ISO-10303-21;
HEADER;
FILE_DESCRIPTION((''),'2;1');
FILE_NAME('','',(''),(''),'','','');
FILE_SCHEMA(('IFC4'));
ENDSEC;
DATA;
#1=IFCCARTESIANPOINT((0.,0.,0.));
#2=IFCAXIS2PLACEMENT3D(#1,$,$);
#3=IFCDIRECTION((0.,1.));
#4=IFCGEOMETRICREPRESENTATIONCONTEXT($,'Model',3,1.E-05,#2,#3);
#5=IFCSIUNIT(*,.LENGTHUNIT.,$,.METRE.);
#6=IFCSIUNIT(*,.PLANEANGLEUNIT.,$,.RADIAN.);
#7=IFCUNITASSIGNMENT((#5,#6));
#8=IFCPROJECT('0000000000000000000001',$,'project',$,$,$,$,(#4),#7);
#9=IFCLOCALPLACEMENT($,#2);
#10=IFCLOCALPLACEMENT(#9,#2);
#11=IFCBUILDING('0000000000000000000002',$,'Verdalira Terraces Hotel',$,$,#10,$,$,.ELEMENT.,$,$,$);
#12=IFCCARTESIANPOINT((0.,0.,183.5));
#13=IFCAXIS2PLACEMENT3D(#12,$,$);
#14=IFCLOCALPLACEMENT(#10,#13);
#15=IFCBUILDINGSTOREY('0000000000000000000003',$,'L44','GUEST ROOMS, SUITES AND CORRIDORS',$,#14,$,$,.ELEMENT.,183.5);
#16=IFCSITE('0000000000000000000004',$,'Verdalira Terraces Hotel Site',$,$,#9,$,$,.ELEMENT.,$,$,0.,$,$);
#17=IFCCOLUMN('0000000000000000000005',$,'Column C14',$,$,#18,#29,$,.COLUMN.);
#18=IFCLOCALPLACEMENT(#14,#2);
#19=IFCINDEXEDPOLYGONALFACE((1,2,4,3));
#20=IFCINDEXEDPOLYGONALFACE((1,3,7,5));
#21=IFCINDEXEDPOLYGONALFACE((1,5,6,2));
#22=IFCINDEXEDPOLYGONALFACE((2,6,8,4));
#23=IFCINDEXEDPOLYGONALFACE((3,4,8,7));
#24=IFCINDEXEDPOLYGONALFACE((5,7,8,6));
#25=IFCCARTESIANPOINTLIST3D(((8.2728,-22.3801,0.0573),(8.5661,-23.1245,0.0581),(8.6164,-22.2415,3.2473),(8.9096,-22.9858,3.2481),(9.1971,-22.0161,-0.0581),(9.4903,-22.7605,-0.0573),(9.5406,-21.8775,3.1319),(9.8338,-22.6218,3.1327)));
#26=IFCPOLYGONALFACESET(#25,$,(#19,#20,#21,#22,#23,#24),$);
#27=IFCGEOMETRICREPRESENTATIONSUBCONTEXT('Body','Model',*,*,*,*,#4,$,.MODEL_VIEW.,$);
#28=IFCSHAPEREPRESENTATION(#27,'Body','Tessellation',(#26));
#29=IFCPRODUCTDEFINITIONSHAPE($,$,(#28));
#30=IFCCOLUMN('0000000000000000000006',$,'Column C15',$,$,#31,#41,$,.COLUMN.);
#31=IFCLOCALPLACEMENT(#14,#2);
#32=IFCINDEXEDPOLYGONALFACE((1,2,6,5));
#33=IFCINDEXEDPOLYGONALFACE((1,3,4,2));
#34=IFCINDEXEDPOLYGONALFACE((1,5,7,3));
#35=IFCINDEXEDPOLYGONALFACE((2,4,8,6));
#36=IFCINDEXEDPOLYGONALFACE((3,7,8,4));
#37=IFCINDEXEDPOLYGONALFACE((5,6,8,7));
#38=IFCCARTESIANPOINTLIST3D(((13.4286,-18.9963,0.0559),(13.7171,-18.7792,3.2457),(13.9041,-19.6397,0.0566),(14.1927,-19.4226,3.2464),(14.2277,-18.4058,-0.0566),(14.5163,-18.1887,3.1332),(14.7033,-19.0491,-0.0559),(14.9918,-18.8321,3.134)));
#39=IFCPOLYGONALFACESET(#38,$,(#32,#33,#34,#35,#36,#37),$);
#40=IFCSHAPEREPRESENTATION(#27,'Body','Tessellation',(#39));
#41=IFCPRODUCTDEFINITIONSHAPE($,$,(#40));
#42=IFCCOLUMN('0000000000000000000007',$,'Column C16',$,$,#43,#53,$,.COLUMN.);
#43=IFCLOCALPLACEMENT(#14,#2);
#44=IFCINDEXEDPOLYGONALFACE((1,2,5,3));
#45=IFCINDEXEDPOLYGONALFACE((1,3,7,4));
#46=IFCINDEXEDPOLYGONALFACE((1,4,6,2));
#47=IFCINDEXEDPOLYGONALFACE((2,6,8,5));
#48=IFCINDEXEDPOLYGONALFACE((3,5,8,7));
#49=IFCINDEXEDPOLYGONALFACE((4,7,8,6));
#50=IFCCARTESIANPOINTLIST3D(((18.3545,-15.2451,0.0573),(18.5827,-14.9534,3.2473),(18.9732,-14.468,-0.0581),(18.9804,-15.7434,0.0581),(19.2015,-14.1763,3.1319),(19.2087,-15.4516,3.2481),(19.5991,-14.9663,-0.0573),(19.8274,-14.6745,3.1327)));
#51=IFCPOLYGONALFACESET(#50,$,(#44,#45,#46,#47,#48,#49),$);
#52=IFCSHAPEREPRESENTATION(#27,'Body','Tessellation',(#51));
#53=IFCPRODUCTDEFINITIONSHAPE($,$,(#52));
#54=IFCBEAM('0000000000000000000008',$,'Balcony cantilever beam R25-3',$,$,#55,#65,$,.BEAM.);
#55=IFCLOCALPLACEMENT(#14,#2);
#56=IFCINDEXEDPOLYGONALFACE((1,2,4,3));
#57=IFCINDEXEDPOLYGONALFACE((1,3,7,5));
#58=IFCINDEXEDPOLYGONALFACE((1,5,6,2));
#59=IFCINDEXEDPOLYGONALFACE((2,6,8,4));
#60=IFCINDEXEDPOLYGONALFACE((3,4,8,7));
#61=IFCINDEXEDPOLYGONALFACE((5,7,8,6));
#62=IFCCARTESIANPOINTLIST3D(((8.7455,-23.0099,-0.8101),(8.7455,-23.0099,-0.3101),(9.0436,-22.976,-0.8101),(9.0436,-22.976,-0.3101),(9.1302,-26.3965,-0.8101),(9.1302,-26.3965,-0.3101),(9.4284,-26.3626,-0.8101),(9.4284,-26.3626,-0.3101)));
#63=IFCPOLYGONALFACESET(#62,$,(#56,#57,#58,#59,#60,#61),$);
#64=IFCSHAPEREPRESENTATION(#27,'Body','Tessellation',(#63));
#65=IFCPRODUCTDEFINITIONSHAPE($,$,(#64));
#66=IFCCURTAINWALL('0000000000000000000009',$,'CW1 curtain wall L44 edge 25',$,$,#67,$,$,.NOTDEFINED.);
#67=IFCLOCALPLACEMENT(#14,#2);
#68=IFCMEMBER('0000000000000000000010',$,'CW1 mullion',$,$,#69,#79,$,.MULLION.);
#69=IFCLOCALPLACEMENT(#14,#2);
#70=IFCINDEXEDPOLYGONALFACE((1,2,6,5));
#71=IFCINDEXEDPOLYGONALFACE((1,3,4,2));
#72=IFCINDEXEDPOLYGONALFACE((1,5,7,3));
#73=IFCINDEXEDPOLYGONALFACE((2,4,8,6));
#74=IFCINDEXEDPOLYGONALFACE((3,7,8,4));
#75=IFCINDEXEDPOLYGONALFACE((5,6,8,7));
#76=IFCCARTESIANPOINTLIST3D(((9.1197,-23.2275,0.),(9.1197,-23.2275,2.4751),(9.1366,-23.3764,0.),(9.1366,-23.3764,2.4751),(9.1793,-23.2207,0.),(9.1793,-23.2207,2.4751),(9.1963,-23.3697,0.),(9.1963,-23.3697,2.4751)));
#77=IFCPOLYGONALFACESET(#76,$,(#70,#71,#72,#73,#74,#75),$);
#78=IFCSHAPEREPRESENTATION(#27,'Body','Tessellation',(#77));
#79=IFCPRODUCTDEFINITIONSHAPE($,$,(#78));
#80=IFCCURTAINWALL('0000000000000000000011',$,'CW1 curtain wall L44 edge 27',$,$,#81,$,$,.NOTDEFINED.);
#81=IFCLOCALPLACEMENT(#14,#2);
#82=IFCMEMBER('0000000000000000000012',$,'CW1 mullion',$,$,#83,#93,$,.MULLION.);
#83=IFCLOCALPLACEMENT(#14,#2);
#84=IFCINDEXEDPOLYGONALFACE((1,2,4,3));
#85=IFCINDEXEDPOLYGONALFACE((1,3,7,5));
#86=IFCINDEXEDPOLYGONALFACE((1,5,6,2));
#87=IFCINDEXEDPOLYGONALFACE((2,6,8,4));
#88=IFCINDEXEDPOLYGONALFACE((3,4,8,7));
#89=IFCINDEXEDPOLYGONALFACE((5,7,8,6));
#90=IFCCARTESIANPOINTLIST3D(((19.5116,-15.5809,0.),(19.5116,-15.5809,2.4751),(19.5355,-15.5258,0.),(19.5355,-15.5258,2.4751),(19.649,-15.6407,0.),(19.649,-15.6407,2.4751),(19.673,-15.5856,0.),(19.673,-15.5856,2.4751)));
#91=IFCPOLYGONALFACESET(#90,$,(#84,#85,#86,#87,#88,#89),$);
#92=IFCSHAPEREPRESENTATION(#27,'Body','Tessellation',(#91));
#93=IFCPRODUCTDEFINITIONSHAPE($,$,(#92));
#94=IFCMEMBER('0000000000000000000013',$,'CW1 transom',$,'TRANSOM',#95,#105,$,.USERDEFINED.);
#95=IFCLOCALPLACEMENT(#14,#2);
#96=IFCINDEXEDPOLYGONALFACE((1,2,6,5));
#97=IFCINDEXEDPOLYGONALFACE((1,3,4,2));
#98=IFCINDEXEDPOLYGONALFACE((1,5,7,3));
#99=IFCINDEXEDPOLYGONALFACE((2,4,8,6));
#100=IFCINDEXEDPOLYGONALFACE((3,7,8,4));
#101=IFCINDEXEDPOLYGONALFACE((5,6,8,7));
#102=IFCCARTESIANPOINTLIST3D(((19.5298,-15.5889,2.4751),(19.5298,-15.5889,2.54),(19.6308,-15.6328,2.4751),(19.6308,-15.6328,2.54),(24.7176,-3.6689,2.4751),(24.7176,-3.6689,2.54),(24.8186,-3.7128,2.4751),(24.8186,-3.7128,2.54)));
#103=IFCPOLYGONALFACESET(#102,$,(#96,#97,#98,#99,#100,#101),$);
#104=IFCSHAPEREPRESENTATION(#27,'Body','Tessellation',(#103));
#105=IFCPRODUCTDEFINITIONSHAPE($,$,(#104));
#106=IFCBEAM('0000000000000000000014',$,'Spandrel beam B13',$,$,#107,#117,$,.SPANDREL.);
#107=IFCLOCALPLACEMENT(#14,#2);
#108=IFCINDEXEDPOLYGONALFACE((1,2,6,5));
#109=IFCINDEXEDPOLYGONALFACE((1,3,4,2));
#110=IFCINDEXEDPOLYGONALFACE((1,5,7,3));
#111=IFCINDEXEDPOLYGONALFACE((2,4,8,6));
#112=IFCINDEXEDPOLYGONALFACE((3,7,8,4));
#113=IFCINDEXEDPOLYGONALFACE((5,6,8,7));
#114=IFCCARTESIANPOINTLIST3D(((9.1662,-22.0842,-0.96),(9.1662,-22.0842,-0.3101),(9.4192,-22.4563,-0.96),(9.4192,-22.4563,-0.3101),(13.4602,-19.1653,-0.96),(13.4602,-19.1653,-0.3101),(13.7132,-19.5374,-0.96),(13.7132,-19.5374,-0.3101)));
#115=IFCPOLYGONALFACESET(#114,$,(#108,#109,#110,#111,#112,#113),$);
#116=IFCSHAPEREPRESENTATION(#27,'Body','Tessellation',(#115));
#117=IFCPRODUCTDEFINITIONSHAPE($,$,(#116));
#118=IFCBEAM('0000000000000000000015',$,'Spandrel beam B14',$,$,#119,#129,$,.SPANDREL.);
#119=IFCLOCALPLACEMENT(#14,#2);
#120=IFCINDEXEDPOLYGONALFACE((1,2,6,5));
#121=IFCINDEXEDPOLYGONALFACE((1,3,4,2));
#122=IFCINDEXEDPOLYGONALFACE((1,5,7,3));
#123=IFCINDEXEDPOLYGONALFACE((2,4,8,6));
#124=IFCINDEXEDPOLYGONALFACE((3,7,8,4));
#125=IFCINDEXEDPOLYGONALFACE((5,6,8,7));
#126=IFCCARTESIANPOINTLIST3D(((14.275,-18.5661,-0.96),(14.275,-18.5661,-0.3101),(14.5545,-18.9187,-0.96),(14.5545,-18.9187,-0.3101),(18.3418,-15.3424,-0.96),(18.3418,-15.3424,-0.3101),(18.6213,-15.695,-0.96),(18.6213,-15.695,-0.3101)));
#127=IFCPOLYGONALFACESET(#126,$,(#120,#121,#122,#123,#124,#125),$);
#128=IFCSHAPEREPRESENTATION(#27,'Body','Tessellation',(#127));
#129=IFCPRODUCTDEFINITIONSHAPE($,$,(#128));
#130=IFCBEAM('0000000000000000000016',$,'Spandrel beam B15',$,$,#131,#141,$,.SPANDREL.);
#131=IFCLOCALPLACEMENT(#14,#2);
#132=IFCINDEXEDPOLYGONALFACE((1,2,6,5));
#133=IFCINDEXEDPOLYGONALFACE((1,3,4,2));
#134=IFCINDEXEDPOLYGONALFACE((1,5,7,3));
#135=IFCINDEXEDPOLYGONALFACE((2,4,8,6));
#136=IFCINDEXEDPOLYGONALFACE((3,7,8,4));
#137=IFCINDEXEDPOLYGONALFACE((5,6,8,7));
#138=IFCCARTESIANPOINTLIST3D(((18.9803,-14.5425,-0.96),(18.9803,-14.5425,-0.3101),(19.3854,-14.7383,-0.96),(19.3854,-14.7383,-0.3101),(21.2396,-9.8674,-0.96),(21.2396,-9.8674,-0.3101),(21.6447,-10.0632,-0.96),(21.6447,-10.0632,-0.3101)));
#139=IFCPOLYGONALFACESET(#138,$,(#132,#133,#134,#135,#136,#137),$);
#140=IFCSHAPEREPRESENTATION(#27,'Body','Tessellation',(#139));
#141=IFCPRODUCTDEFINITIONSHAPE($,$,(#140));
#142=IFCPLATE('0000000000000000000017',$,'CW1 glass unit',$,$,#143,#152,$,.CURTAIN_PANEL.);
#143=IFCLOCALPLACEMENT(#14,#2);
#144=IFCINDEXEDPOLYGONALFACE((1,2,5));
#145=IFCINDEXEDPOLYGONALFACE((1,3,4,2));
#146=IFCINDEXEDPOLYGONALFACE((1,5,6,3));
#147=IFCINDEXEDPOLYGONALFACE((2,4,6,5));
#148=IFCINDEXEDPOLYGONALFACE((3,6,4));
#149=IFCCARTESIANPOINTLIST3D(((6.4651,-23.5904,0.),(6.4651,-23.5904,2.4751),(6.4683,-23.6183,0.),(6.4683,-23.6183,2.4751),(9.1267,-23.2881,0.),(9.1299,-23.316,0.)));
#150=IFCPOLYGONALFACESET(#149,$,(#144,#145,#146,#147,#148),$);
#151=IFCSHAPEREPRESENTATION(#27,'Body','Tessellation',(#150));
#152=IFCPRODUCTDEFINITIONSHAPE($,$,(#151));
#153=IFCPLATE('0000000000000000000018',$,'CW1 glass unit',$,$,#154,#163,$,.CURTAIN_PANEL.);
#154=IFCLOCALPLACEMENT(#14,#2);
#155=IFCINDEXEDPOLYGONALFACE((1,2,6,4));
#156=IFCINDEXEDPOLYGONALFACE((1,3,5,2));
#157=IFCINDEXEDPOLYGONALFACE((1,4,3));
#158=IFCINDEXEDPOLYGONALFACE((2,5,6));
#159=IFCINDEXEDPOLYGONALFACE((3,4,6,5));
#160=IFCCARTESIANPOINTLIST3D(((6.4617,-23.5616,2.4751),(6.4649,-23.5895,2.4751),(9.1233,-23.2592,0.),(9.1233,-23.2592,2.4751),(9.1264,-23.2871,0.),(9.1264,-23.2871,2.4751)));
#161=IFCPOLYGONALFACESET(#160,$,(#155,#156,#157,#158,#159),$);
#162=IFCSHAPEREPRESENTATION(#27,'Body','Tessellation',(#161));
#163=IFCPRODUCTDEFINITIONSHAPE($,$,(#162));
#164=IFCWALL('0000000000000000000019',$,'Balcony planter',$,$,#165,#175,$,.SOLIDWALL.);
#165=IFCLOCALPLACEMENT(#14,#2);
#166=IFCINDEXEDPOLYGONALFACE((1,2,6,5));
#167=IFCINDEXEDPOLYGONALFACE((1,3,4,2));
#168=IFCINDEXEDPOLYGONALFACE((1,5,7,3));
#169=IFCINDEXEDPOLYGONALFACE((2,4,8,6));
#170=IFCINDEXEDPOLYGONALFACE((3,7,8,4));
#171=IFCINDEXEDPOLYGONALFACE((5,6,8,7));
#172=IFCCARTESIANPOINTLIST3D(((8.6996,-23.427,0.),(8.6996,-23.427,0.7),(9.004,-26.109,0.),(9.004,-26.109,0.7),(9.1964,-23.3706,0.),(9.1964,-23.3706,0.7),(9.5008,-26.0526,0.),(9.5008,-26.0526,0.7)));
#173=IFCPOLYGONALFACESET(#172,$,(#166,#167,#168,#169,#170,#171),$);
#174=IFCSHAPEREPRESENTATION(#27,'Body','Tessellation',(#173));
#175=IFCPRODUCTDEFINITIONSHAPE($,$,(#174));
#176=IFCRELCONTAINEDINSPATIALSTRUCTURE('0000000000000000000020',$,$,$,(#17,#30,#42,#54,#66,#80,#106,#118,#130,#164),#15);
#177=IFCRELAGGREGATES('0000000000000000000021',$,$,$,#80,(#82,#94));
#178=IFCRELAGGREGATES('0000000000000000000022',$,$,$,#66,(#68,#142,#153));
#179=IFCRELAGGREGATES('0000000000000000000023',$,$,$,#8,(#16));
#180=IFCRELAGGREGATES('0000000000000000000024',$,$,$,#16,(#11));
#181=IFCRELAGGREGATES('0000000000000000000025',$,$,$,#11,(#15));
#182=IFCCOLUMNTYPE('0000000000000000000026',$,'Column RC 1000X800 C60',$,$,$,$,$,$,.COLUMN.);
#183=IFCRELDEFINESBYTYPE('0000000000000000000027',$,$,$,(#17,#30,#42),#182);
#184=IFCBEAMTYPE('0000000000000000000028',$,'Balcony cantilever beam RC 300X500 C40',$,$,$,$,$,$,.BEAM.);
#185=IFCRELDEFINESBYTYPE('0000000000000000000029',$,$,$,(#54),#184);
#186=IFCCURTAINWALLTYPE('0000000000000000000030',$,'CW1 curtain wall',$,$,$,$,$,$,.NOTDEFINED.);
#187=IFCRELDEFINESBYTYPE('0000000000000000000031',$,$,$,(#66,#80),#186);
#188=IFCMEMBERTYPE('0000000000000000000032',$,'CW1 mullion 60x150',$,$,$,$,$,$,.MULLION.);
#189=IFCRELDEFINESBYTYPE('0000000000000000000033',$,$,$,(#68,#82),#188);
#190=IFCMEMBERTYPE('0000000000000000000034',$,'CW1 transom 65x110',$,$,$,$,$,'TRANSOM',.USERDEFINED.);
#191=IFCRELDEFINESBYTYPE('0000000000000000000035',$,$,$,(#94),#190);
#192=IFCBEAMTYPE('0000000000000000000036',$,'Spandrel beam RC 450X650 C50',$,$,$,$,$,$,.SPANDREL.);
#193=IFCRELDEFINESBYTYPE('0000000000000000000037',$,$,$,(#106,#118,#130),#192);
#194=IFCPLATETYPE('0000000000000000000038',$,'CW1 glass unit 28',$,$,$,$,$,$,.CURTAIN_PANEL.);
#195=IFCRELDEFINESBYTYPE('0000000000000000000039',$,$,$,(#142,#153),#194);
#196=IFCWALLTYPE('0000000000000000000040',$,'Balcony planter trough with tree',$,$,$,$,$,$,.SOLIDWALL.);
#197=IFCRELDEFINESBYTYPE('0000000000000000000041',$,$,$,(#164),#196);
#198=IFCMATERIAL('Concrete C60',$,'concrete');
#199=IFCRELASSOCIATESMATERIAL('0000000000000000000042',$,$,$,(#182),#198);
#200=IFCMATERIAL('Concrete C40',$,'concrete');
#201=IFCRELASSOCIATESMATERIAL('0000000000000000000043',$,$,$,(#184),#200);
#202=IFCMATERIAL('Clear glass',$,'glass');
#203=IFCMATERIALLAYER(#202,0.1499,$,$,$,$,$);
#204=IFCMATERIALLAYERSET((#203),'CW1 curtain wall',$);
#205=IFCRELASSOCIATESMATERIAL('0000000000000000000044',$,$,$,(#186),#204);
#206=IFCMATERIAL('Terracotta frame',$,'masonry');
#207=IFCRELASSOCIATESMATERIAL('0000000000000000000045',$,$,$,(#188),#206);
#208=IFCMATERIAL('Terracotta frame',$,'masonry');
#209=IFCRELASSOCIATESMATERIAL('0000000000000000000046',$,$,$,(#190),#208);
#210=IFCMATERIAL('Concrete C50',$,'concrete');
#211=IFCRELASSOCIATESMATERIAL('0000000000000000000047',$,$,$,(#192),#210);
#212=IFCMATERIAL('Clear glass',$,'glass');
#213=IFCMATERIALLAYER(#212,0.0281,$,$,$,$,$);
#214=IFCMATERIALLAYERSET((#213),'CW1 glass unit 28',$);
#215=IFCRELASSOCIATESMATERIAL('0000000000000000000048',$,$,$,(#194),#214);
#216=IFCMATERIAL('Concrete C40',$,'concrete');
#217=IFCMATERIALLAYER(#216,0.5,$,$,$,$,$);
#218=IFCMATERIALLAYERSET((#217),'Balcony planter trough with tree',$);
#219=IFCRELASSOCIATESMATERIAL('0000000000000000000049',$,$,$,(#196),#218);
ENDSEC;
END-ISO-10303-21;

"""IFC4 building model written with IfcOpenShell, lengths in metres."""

from ifc_helpers import new_model, si_unit, direction, frame, frame_2d, origin, origin_2d, place, context, subcontext, project, spatial, polyline, rectangle, outline, extrude, material, layer, layer_set, material_profile, profile_set, type_object, element, aggregate, save


model = new_model("IFC4")

# Units and contexts
model_context = context("Model", 3, precision=1e-05, world=origin(), true_north=direction((0.0, 1.0)))
body_context = subcontext(model_context, "Body", "Model", "MODEL_VIEW")
ifc_project = project(units=[si_unit("LENGTHUNIT", "METRE"), si_unit("PLANEANGLEUNIT", "RADIAN")], contexts=[model_context])

# Site, building, storey
site_placement = place(None, origin())
site = spatial("IfcSite", under=ifc_project, at=site_placement, Name="Verdalira Terraces Hotel Site", CompositionType="ELEMENT", RefElevation=0.0)
building_placement = place(site_placement, origin())
building = spatial("IfcBuilding", under=site, at=building_placement, Name="Verdalira Terraces Hotel", CompositionType="ELEMENT")
storey_placement = place(building_placement, frame((0.0, 0.0, 183.5)))
storey = spatial("IfcBuildingStorey", under=building, at=storey_placement, Name="L44", Description="GUEST ROOMS, SUITES AND CORRIDORS", CompositionType="ELEMENT", Elevation=183.5)

# Columns
ifc_material_1 = material(Name="Concrete C60", Category="concrete")
ifc_material_profile_1 = material_profile(ifc_material_1, rectangle(XDim=1.0, YDim=0.8, at=origin_2d()), Name="RC 1000X800")
ifc_profile_set_1 = profile_set([ifc_material_profile_1], Name="Concrete C60")
column_type = type_object("IfcColumnType", Name="Column RC 1000X800 C60", PredefinedType="COLUMN", material=ifc_profile_set_1)
column_1_placement = place(storey_placement, frame((8.8816, -22.5703, 0.0), z_axis=(0.106965, 0.043181, 0.993325), x_axis=(-0.924224, -0.364011, 0.115348)))
element("IfcColumn", 1, at=column_1_placement, inside=storey, type_object=column_type, Name="Column C14", PredefinedType="COLUMN", context=body_context, shape_type="SweptSolid", body=[
    extrude(rectangle(XDim=1.0, YDim=0.8, at=origin_2d()), origin(), (0.0, 0.0, 1.0), 3.2114),
])
column_2_placement = place(storey_placement, frame((14.0659, -19.0227, 0.0), z_axis=(0.08989, 0.067607, 0.993654), x_axis=(0.799156, 0.590507, -0.112472)))
element("IfcColumn", 2, at=column_2_placement, inside=storey, type_object=column_type, Name="Column C15", PredefinedType="COLUMN", context=body_context, shape_type="SweptSolid", body=[
    extrude(rectangle(XDim=1.0, YDim=0.8, at=origin_2d()), origin(), (0.0, 0.0, 1.0), 3.2102),
])
column_3_placement = place(storey_placement, frame((18.9768, -15.1057, 0.0), z_axis=(0.071082, 0.090848, 0.993325), x_axis=(-0.618726, -0.777093, 0.115348)))
element("IfcColumn", 3, at=column_3_placement, inside=storey, type_object=column_type, Name="Column C16", PredefinedType="COLUMN", context=body_context, shape_type="SweptSolid", body=[
    extrude(rectangle(XDim=1.0, YDim=0.8, at=origin_2d()), origin(), (0.0, 0.0, 1.0), 3.2114),
])

# Beam
ifc_material_2 = material(Name="Concrete C40", Category="concrete")
ifc_material_profile_2 = material_profile(ifc_material_2, rectangle(XDim=0.3, YDim=0.5, at=origin_2d()), Name="RC 300X500")
ifc_profile_set_2 = profile_set([ifc_material_profile_2], Name="Concrete C40")
beam_type_1 = type_object("IfcBeamType", Name="Balcony cantilever beam RC 300X500 C40", PredefinedType="BEAM", material=ifc_profile_set_2)
beam_1_placement = place(storey_placement, frame((8.8945, -22.9929, -0.5601), z_axis=(0.112884, -0.993608, 0.0), x_axis=(0.993608, 0.112884, 0.0)))
element("IfcBeam", 4, at=beam_1_placement, inside=storey, type_object=beam_type_1, Name="Balcony cantilever beam R25-3", PredefinedType="BEAM", context=body_context, shape_type="SweptSolid", body=[
    extrude(rectangle(XDim=0.3, YDim=0.5, at=origin_2d()), origin(), (0.0, 0.0, 1.0), 3.4084),
])

# Curtain wall, member
ifc_material_3 = material(Name="Clear glass", Category="glass")
ifc_layer_1 = layer(ifc_material_3, 0.1499)
ifc_layer_set_1 = layer_set([ifc_layer_1], Name="CW1 curtain wall")
curtain_wall_type = type_object("IfcCurtainWallType", Name="CW1 curtain wall", PredefinedType="NOTDEFINED", material=ifc_layer_set_1)
curtain_wall_1_placement = place(storey_placement, origin())
curtain_wall_1 = element("IfcCurtainWall", 5, at=curtain_wall_1_placement, inside=storey, type_object=curtain_wall_type, Name="CW1 curtain wall L44 edge 25", PredefinedType="NOTDEFINED")
ifc_material_4 = material(Name="Terracotta frame", Category="masonry")
ifc_material_profile_3 = material_profile(ifc_material_4, rectangle(XDim=0.0601, YDim=0.1499, at=origin_2d()), Name="MU 60x150")
ifc_profile_set_3 = profile_set([ifc_material_profile_3], Name="Terracotta frame")
member_type_1 = type_object("IfcMemberType", Name="CW1 mullion 60x150", PredefinedType="MULLION", material=ifc_profile_set_3)
member_1_placement = place(storey_placement, frame((9.158, -23.2986, 0.0), z_axis=(0.0, 0.0, 1.0), x_axis=(0.993611, 0.112856, 0.0)))
member_1 = element("IfcMember", 6, at=member_1_placement, type_object=member_type_1, Name="CW1 mullion", PredefinedType="MULLION", context=body_context, shape_type="SweptSolid", body=[
    extrude(rectangle(XDim=0.0601, YDim=0.1499, at=origin_2d()), origin(), (0.0, 0.0, 1.0), 2.4751),
])

# Curtain wall, members
curtain_wall_2_placement = place(storey_placement, origin())
curtain_wall_2 = element("IfcCurtainWall", 7, at=curtain_wall_2_placement, inside=storey, type_object=curtain_wall_type, Name="CW1 curtain wall L44 edge 27", PredefinedType="NOTDEFINED")
member_2_placement = place(storey_placement, frame((19.5923, -15.5833, 0.0), z_axis=(0.0, 0.0, 1.0), x_axis=(0.399069, 0.916921, 0.0)))
member_2 = element("IfcMember", 8, at=member_2_placement, type_object=member_type_1, Name="CW1 mullion", PredefinedType="MULLION", context=body_context, shape_type="SweptSolid", body=[
    extrude(rectangle(XDim=0.0601, YDim=0.1499, at=origin_2d()), origin(), (0.0, 0.0, 1.0), 2.4751),
])
ifc_material_5 = material(Name="Terracotta frame", Category="masonry")
ifc_material_profile_4 = material_profile(ifc_material_5, rectangle(XDim=0.1101, YDim=0.0649, at=origin_2d()), Name="TR 65x110")
ifc_profile_set_4 = profile_set([ifc_material_profile_4], Name="Terracotta frame")
member_type_2 = type_object("IfcMemberType", Name="CW1 transom 65x110", ElementType="TRANSOM", PredefinedType="USERDEFINED", material=ifc_profile_set_4)
member_3_placement = place(storey_placement, frame((19.5803, -15.6108, 2.5076), z_axis=(0.399061, 0.916925, 0.0), x_axis=(-0.916925, 0.399061, 0.0)))
member_3 = element("IfcMember", 9, at=member_3_placement, type_object=member_type_2, Name="CW1 transom", ObjectType="TRANSOM", PredefinedType="USERDEFINED", context=body_context, shape_type="SweptSolid", body=[
    extrude(rectangle(XDim=0.1101, YDim=0.0649, at=origin_2d()), origin(), (0.0, 0.0, 1.0), 13.0),
])
aggregate(curtain_wall_2, [member_2, member_3])

# Beams
ifc_material_6 = material(Name="Concrete C50", Category="concrete")
ifc_material_profile_5 = material_profile(ifc_material_6, rectangle(XDim=0.45, YDim=0.6499, at=origin_2d()), Name="RC 450X650")
ifc_profile_set_5 = profile_set([ifc_material_profile_5], Name="Concrete C50")
beam_type_2 = type_object("IfcBeamType", Name="Spandrel beam RC 450X650 C50", PredefinedType="SPANDREL", material=ifc_profile_set_5)
beam_2_placement = place(storey_placement, frame((9.2927, -22.2703, -0.635), z_axis=(0.82701, 0.562187, 0.0), x_axis=(-0.562187, 0.82701, 0.0)))
element("IfcBeam", 10, at=beam_2_placement, inside=storey, type_object=beam_type_2, Name="Spandrel beam B13", PredefinedType="SPANDREL", context=body_context, shape_type="SweptSolid", body=[
    extrude(rectangle(XDim=0.45, YDim=0.6499, at=origin_2d()), origin(), (0.0, 0.0, 1.0), 5.1921),
])
beam_3_placement = place(storey_placement, frame((14.4148, -18.7424, -0.635), z_axis=(0.783652, 0.6212, 0.0), x_axis=(-0.6212, 0.783652, 0.0)))
element("IfcBeam", 11, at=beam_3_placement, inside=storey, type_object=beam_type_2, Name="Spandrel beam B14", PredefinedType="SPANDREL", context=body_context, shape_type="SweptSolid", body=[
    extrude(rectangle(XDim=0.45, YDim=0.6499, at=origin_2d()), origin(), (0.0, 0.0, 1.0), 5.1895),
])
beam_4_placement = place(storey_placement, frame((19.1829, -14.6404, -0.635), z_axis=(0.435117, 0.900374, 0.0), x_axis=(-0.900374, 0.435117, 0.0)))
element("IfcBeam", 12, at=beam_4_placement, inside=storey, type_object=beam_type_2, Name="Spandrel beam B15", PredefinedType="SPANDREL", context=body_context, shape_type="SweptSolid", body=[
    extrude(rectangle(XDim=0.45, YDim=0.6499, at=origin_2d()), origin(), (0.0, 0.0, 1.0), 5.1924),
])

# Plates
ifc_material_7 = material(Name="Clear glass", Category="glass")
ifc_layer_2 = layer(ifc_material_7, 0.0281)
ifc_layer_set_2 = layer_set([ifc_layer_2], Name="CW1 glass unit 28")
plate_type = type_object("IfcPlateType", Name="CW1 glass unit 28", PredefinedType="CURTAIN_PANEL", material=ifc_layer_set_2)
plate_1_placement = place(storey_placement, frame((7.7959, -23.4392, 1.2375), z_axis=(0.112856, -0.993611, 0.0), x_axis=(0.993611, 0.112856, 0.0)))
plate_1 = element("IfcPlate", 13, at=plate_1_placement, type_object=plate_type, Name="CW1 glass unit", PredefinedType="CURTAIN_PANEL", context=body_context, shape_type="SweptSolid", body=[
    extrude(outline(polyline([(-1.3394, -1.2375), (1.3394, -1.2375), (-1.3394, 1.2375), (-1.3394, -1.2375)])), origin(), (0.0, 0.0, 1.0), 0.0281),
])
plate_2_placement = place(storey_placement, frame((7.7925, -23.4104, 1.2375), z_axis=(0.112856, -0.993611, 0.0), x_axis=(0.993611, 0.112856, 0.0)))
plate_2 = element("IfcPlate", 14, at=plate_2_placement, type_object=plate_type, Name="CW1 glass unit", PredefinedType="CURTAIN_PANEL", context=body_context, shape_type="SweptSolid", body=[
    extrude(outline(polyline([(1.3394, -1.2375), (1.3394, 1.2375), (-1.3394, 1.2375), (1.3394, -1.2375)])), origin(), (0.0, 0.0, 1.0), 0.0281),
])
aggregate(curtain_wall_1, [member_1, plate_1, plate_2])

# Wall
ifc_material_8 = material(Name="Concrete C40", Category="concrete")
ifc_layer_3 = layer(ifc_material_8, 0.5)
ifc_layer_set_3 = layer_set([ifc_layer_3], Name="Balcony planter trough with tree")
wall_type_1 = type_object("IfcWallType", Name="Balcony planter trough with tree", PredefinedType="SOLIDWALL", material=ifc_layer_set_3)
wall_1_placement = place(storey_placement, frame((9.2524, -26.0808, 0.0), z_axis=(0.0, 0.0, 1.0), x_axis=(-0.112794, 0.993618, 0.0)))
element("IfcWall", 15, at=wall_1_placement, inside=storey, type_object=wall_type_1, Name="Balcony planter", PredefinedType="SOLIDWALL", context=body_context, shape_type="SweptSolid", body=[
    extrude(rectangle(XDim=2.6992, YDim=0.5, at=frame_2d((1.3496, 0.0))), origin(), (0.0, 0.0, 1.0), 0.7),
])

save(model, "model.ifc")
